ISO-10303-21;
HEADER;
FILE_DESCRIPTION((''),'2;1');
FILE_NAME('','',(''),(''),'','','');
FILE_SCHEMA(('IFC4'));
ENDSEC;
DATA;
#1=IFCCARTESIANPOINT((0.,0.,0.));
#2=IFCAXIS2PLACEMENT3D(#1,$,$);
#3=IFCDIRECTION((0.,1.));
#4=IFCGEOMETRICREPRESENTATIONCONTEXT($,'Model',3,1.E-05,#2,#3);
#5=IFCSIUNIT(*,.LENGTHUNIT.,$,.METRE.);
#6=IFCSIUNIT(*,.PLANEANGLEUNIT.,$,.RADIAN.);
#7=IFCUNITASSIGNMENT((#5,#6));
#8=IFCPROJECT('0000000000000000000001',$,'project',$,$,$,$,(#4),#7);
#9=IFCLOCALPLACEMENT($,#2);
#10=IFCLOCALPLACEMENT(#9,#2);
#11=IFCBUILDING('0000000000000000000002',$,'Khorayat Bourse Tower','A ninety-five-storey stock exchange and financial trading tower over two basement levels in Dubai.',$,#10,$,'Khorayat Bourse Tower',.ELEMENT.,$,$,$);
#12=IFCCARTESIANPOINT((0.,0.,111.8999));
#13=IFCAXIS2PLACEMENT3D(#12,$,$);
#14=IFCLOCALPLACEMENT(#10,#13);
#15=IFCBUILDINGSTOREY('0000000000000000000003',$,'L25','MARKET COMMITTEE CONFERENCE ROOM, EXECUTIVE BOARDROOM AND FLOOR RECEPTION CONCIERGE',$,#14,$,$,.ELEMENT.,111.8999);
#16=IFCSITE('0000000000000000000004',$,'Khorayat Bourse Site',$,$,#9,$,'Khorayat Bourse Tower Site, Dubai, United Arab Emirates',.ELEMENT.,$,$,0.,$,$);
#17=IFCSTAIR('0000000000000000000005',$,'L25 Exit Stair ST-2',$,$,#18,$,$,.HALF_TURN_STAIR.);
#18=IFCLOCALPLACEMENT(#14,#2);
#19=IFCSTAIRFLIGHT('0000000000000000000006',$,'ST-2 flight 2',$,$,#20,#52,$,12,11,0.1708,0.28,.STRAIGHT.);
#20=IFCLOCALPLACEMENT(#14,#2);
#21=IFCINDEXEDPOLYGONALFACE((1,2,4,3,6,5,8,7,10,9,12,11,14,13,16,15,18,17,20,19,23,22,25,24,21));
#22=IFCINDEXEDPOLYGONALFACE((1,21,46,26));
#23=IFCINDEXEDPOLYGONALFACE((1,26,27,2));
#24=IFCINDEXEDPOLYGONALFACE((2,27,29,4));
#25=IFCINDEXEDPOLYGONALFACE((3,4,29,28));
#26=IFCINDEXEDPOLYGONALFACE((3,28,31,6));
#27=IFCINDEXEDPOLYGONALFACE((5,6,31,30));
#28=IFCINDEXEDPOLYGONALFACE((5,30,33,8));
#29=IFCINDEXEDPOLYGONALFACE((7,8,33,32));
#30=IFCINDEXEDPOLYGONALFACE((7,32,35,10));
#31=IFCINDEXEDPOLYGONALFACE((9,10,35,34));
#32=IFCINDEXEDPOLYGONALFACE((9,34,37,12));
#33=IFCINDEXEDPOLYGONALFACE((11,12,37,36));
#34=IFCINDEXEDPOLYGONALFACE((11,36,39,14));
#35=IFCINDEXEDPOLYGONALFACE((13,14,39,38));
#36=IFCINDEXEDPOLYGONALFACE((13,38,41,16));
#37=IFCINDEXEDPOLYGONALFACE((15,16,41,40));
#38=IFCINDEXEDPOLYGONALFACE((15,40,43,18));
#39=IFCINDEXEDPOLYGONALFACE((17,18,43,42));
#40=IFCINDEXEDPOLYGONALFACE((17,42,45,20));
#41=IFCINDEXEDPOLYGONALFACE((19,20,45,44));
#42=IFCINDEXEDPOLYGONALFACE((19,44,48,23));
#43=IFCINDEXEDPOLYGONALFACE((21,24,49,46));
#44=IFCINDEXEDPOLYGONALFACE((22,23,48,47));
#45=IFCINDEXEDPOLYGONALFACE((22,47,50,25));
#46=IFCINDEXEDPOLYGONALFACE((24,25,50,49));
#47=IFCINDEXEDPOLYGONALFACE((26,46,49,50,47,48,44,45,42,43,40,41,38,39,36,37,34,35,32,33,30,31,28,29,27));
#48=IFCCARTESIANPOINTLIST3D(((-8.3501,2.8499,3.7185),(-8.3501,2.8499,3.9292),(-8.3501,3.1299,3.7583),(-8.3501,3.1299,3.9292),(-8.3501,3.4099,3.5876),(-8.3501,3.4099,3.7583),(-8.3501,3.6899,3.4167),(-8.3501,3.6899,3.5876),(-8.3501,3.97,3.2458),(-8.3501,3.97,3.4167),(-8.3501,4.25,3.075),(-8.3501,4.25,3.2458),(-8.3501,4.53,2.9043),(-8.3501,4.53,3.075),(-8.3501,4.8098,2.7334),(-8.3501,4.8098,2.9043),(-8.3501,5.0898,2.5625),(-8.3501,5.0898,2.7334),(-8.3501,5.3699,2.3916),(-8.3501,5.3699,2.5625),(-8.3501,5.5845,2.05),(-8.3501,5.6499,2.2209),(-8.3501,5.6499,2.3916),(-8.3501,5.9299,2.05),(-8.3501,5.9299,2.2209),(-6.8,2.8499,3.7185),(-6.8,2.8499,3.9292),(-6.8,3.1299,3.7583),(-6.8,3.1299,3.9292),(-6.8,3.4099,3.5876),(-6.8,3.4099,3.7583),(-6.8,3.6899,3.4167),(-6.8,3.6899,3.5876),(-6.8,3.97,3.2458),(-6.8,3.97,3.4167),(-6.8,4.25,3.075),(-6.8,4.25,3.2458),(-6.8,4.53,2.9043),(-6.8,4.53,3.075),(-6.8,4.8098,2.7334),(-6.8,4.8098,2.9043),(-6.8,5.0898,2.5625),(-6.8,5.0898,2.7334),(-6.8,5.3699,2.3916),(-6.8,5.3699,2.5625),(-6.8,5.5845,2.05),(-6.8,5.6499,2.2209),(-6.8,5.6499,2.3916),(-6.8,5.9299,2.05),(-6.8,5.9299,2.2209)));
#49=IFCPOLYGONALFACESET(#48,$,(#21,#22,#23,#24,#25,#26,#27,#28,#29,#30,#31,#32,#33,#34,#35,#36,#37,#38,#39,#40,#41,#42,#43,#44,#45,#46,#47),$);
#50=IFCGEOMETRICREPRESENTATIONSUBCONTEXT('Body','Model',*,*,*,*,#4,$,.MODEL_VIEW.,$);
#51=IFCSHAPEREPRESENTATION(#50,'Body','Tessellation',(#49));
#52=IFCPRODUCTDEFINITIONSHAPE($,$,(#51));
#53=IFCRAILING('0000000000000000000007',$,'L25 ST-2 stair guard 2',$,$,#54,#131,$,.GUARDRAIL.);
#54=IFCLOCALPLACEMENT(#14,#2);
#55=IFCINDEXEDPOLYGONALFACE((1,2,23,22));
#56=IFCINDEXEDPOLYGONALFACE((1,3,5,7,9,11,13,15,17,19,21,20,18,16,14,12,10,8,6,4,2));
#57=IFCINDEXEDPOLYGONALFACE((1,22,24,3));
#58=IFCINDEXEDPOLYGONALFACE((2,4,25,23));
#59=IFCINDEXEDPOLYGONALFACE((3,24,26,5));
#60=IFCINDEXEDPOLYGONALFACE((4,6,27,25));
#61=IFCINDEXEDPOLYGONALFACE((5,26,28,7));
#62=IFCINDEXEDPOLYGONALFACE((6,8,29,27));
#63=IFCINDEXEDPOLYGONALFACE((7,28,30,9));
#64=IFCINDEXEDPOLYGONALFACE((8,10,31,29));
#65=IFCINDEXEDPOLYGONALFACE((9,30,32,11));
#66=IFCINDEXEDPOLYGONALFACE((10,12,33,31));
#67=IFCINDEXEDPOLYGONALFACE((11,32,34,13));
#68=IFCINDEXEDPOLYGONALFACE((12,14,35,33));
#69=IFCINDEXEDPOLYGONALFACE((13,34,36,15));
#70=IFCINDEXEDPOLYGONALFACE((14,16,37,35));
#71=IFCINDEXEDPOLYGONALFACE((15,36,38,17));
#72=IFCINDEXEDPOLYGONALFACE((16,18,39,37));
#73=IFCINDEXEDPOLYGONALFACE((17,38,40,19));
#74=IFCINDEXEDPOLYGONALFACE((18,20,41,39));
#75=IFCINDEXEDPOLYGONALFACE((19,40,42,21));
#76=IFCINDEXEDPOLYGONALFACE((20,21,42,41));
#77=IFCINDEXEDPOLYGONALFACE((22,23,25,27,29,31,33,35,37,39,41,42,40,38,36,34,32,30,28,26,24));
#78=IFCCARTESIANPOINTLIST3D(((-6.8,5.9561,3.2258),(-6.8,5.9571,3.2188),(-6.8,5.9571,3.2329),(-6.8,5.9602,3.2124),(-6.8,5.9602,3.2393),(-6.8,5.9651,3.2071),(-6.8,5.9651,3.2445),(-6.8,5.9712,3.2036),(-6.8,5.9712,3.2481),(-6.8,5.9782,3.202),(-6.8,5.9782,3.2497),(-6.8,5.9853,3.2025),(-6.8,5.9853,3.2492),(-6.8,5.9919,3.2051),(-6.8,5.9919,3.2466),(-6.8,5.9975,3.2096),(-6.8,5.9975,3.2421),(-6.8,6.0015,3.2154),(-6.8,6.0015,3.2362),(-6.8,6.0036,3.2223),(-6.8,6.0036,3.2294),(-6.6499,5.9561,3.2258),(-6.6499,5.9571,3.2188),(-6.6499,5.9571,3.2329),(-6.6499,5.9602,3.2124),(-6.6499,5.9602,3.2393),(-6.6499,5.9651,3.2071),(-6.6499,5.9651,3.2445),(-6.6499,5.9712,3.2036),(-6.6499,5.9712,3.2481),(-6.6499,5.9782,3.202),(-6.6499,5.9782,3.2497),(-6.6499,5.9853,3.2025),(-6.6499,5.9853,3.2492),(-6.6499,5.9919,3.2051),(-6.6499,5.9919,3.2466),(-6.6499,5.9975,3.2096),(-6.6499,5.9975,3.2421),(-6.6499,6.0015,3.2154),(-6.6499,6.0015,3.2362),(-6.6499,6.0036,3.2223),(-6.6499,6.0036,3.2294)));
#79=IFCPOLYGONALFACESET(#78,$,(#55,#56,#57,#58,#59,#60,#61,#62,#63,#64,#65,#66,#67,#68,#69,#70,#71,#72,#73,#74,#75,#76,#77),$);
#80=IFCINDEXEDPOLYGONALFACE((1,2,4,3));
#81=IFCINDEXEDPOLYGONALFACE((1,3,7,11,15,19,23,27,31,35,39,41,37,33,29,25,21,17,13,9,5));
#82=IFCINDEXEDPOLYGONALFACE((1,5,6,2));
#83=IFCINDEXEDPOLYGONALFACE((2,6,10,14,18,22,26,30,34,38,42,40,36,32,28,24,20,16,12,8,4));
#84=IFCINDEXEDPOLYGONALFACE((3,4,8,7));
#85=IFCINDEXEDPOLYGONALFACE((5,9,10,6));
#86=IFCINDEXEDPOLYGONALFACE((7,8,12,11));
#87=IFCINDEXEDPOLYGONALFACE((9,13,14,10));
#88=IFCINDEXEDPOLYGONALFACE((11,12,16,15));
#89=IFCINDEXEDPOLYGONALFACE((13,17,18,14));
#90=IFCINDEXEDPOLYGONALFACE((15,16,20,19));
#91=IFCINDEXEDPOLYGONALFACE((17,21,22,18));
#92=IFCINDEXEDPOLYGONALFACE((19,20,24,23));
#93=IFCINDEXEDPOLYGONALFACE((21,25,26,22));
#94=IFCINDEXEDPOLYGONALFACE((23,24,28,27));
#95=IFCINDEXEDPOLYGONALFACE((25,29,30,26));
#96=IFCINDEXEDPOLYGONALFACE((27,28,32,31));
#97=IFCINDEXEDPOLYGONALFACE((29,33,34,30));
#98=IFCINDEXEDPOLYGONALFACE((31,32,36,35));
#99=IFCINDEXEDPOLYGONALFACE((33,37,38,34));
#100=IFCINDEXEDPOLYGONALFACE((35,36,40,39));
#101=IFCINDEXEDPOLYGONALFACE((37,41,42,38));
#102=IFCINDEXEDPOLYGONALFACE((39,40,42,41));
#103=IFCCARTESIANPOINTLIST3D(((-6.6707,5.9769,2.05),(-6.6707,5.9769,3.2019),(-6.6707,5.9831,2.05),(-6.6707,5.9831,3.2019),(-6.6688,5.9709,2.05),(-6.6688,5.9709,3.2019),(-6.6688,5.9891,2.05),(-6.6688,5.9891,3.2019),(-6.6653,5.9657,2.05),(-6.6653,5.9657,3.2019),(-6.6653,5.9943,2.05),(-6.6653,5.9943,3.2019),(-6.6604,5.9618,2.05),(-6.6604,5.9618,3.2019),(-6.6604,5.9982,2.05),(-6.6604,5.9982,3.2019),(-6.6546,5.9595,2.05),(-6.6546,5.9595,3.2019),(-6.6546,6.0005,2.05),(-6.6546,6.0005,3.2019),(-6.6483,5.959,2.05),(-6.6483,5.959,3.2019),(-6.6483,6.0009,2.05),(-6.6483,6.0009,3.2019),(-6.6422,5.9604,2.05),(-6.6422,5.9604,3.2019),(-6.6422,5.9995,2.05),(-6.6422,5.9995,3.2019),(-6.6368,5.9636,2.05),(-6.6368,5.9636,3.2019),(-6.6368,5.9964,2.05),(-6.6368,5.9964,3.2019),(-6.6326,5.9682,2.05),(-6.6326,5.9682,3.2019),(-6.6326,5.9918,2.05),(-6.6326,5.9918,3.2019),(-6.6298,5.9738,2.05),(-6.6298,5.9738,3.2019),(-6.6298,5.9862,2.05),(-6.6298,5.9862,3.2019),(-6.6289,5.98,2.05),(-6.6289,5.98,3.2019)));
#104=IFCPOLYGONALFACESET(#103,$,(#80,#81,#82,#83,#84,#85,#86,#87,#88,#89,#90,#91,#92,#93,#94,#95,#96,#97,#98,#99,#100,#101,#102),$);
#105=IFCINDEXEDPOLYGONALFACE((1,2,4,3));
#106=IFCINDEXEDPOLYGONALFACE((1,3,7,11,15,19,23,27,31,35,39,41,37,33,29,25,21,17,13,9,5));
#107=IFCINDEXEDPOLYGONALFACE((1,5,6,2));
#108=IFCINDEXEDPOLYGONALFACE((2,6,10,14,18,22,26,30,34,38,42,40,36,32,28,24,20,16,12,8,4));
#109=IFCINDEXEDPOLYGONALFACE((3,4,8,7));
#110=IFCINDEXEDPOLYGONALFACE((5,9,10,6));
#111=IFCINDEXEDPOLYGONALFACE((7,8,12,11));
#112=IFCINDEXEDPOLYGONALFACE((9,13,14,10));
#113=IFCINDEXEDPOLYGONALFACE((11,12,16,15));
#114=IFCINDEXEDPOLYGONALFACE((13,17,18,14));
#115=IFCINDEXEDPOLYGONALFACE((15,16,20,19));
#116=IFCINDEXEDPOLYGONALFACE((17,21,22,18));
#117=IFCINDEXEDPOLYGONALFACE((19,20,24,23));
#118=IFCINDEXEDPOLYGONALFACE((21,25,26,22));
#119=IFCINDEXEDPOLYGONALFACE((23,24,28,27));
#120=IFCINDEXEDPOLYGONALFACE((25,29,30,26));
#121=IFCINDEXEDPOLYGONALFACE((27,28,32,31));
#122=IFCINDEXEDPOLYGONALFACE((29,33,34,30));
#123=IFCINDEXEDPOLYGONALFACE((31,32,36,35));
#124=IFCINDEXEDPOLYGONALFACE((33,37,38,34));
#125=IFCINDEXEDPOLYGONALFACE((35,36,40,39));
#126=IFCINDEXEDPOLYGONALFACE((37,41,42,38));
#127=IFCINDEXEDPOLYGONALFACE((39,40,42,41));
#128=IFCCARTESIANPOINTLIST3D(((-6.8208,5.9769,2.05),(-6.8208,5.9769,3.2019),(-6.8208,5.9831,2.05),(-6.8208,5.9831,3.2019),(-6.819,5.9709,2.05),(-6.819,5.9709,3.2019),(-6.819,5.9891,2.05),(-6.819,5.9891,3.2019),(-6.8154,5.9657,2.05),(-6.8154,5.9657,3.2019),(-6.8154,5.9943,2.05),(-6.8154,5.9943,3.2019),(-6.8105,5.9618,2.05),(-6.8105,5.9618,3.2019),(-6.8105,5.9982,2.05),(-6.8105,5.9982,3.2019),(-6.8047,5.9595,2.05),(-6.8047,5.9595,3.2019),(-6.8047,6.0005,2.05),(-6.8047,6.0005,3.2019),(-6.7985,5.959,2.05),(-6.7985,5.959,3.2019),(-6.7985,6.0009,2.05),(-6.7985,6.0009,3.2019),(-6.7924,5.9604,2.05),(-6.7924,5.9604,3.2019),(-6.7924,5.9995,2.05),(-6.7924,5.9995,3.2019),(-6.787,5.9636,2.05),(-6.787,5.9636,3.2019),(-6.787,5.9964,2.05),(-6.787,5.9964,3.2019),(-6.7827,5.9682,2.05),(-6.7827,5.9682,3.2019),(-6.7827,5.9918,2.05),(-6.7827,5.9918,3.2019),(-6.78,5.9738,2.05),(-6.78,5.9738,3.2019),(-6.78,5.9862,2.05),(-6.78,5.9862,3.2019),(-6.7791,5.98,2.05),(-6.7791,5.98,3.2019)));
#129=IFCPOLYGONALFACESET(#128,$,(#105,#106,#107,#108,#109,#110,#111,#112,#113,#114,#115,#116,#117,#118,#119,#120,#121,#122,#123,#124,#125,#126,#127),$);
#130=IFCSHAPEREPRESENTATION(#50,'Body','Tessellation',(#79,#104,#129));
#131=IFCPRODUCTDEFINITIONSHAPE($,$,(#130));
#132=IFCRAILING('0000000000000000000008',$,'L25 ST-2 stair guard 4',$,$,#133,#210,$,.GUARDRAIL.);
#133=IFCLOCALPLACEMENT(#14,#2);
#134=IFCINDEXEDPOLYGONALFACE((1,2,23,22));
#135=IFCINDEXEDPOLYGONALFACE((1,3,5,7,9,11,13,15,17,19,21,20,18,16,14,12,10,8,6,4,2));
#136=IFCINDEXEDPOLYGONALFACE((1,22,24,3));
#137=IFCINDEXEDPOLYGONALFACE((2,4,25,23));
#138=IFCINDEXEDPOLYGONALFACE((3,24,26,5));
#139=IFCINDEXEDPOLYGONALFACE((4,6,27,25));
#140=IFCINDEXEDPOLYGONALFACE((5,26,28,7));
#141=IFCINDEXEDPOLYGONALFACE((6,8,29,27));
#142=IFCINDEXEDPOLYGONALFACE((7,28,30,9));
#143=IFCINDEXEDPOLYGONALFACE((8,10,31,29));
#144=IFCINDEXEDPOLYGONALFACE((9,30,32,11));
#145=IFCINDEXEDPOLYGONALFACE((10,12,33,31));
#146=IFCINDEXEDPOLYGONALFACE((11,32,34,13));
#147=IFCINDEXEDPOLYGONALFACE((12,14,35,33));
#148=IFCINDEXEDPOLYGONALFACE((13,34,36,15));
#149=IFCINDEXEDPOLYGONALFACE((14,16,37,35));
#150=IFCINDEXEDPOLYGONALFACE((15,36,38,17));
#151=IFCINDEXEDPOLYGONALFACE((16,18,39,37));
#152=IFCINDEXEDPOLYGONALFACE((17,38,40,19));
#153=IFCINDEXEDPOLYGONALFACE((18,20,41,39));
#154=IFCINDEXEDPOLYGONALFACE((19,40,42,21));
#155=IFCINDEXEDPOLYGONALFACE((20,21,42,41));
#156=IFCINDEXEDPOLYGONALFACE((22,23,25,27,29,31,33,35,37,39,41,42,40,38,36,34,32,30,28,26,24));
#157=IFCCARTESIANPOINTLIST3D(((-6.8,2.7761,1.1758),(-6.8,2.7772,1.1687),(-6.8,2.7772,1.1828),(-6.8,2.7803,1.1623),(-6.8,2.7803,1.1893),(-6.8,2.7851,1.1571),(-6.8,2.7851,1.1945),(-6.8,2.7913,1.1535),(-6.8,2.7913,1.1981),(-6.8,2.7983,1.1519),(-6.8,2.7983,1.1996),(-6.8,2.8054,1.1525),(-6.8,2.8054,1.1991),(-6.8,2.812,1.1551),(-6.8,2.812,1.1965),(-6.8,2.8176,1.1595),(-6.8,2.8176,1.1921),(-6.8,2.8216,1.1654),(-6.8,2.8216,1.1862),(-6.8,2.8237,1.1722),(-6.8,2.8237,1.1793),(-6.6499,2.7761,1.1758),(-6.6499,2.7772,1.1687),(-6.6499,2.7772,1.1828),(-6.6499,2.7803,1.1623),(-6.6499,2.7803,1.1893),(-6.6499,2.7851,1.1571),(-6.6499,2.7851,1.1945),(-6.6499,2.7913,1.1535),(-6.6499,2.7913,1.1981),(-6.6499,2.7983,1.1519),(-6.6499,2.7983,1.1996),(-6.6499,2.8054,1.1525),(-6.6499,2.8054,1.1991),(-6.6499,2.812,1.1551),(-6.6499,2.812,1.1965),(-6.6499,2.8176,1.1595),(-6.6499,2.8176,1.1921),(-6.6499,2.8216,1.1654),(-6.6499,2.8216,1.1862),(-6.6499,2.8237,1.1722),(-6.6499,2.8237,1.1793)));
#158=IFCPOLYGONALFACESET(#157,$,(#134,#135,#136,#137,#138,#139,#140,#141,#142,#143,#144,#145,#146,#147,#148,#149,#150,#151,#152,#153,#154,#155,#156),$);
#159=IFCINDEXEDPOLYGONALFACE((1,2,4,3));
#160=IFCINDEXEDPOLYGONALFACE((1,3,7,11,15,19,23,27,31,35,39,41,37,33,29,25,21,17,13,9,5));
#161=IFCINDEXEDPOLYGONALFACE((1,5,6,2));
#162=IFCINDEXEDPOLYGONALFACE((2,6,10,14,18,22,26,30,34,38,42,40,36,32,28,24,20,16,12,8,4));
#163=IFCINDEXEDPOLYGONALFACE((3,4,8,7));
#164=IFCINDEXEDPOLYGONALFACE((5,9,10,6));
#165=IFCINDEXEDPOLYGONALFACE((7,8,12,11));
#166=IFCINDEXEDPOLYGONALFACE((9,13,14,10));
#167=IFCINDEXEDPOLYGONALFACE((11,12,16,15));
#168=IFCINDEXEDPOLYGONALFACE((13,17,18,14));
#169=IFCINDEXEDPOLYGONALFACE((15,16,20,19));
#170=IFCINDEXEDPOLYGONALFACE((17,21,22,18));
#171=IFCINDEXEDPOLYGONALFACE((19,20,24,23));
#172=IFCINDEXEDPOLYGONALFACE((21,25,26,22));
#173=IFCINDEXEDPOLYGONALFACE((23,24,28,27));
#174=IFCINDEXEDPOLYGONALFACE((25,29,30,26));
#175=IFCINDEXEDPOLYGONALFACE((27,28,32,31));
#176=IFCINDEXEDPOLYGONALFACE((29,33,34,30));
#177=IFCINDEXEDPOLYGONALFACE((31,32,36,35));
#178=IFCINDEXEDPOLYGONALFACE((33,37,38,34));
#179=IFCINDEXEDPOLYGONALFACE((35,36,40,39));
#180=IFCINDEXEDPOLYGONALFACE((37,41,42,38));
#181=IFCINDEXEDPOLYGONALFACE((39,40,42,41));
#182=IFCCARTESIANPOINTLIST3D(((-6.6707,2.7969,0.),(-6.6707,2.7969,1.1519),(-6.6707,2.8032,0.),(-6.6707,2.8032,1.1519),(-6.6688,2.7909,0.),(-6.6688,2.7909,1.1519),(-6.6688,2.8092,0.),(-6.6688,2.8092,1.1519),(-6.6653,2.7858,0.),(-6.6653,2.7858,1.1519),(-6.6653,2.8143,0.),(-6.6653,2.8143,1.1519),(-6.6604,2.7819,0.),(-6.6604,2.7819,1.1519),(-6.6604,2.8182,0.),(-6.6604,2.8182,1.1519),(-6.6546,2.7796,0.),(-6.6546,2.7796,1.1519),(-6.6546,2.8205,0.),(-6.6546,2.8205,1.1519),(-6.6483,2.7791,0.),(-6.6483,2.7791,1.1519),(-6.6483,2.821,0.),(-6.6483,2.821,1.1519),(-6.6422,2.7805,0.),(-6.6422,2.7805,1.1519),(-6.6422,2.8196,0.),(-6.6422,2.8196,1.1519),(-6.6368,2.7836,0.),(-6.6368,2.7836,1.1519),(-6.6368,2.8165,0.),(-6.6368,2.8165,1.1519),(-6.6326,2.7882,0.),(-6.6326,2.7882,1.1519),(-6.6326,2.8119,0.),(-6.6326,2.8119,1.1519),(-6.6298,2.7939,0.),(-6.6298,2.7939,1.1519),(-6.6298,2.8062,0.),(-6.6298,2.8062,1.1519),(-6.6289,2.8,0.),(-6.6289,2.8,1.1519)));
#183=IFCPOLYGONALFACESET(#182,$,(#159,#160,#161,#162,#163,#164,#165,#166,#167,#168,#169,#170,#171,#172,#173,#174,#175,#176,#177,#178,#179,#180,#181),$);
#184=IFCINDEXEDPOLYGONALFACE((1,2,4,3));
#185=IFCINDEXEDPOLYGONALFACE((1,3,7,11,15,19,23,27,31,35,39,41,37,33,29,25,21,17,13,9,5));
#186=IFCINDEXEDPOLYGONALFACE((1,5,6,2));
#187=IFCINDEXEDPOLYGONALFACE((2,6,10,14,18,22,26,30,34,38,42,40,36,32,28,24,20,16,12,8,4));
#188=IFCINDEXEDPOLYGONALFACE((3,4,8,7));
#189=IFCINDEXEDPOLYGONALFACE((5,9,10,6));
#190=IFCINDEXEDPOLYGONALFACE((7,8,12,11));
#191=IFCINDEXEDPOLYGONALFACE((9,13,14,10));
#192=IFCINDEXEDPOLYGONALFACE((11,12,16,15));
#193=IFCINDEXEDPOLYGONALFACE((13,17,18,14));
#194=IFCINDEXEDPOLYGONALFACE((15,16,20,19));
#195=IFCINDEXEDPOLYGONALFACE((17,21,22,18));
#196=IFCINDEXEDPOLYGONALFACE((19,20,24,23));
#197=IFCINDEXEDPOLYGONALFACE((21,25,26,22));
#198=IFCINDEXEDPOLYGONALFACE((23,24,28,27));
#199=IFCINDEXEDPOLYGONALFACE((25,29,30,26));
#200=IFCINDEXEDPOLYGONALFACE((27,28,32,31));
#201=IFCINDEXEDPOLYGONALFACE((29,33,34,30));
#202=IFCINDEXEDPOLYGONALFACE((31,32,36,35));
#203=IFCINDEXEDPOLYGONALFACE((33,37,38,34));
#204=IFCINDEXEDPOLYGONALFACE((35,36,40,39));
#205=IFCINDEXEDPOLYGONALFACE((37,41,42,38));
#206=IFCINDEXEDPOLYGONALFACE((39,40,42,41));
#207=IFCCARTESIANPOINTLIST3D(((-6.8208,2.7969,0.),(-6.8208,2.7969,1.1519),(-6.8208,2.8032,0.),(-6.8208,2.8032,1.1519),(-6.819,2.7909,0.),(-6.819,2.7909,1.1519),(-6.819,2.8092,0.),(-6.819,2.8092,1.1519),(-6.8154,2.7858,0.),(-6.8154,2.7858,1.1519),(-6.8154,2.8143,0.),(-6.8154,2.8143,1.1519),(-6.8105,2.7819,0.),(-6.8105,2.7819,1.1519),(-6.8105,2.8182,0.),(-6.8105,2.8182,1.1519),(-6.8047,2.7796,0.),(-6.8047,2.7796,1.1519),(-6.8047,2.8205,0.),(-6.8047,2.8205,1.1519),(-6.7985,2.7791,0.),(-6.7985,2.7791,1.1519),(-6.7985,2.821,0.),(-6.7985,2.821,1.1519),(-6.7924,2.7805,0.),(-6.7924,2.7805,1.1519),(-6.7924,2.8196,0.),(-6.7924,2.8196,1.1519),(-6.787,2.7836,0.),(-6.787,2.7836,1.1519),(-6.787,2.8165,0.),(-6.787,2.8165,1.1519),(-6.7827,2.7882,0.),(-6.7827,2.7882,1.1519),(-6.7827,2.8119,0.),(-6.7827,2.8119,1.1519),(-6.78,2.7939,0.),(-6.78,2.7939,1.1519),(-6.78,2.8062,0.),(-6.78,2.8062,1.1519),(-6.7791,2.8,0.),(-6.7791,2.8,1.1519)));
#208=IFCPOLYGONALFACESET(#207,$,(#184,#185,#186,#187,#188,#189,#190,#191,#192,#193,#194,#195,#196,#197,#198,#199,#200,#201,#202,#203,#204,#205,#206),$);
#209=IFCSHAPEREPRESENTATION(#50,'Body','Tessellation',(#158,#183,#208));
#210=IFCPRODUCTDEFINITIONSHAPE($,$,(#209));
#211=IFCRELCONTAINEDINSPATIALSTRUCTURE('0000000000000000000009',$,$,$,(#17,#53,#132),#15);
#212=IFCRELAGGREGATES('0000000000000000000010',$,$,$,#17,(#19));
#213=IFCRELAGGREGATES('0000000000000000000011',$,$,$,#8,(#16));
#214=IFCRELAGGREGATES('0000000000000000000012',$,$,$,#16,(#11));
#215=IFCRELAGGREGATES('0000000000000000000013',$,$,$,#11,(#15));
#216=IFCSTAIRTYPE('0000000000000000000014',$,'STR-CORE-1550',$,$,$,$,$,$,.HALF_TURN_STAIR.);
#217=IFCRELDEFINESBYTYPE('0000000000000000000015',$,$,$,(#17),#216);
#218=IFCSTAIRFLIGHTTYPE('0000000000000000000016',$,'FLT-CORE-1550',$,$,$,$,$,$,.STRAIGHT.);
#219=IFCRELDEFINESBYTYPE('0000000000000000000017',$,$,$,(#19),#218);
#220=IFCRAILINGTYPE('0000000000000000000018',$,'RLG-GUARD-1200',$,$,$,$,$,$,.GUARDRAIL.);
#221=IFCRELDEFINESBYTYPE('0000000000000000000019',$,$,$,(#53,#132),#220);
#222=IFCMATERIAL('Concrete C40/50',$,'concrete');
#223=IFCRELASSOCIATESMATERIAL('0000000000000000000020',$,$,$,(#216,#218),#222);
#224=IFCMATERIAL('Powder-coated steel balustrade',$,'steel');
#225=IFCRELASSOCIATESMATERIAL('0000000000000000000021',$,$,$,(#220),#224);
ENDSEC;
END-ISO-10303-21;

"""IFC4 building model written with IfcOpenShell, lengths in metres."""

from ifc_helpers import new_model, si_unit, direction, frame, origin, origin_2d, place, context, subcontext, project, spatial, polyline, circle, outline, extrude, source, transform, mapped, material, type_object, element, aggregate, save


model = new_model("IFC4")

# Units and contexts
model_context = context("Model", 3, precision=1e-05, world=origin(), true_north=direction((0.0, 1.0)))
body_context = subcontext(model_context, "Body", "Model", "MODEL_VIEW")
ifc_project = project(units=[si_unit("LENGTHUNIT", "METRE"), si_unit("PLANEANGLEUNIT", "RADIAN")], contexts=[model_context])

# Site, building, storey
site_placement = place(None, origin())
site = spatial("IfcSite", under=ifc_project, at=site_placement, Name="Khorayat Bourse Site", LongName="Khorayat Bourse Tower Site, Dubai, United Arab Emirates", CompositionType="ELEMENT", RefElevation=0.0)
building_placement = place(site_placement, origin())
building = spatial("IfcBuilding", under=site, at=building_placement, Name="Khorayat Bourse Tower", Description="A ninety-five-storey stock exchange and financial trading tower over two basement levels in Dubai.", LongName="Khorayat Bourse Tower", CompositionType="ELEMENT")
storey_placement = place(building_placement, frame((0.0, 0.0, 111.8999)))
storey = spatial("IfcBuildingStorey", under=building, at=storey_placement, Name="L25", Description="MARKET COMMITTEE CONFERENCE ROOM, EXECUTIVE BOARDROOM AND FLOOR RECEPTION CONCIERGE", CompositionType="ELEMENT", Elevation=111.8999)

# Stair, stair flight
ifc_material_1 = material(Name="Concrete C40/50", Category="concrete")
stair_type = type_object("IfcStairType", Name="STR-CORE-1550", PredefinedType="HALF_TURN_STAIR", material=ifc_material_1)
stair_placement = place(storey_placement, origin())
stair = element("IfcStair", 1, at=stair_placement, inside=storey, type_object=stair_type, Name="L25 Exit Stair ST-2", PredefinedType="HALF_TURN_STAIR")
stair_flight_type = type_object("IfcStairFlightType", Name="FLT-CORE-1550", PredefinedType="STRAIGHT", material=ifc_material_1)
shared_shape_1 = source(origin(), body_context, "Body", "SweptSolid", [
    extrude(outline(polyline([(0.0, 0.0), (0.0, 0.1709), (0.28, 0.1709), (0.28, 0.3416), (0.5601, 0.3416), (0.5601, 0.5125), (0.8401, 0.5125), (0.8401, 0.6833), (1.1201, 0.6833), (1.1201, 0.8542), (1.3999, 0.8542), (1.3999, 1.0249), (1.6799, 1.0249), (1.6799, 1.1958), (1.96, 1.1958), (1.96, 1.3667), (2.24, 1.3667), (2.24, 1.5376), (2.52, 1.5376), (2.52, 1.7083), (2.8, 1.7083), (2.8, 1.8792), (3.0801, 1.8792), (3.0801, 2.05), (3.0801, 1.6685), (0.3455, 0.0), (0.0, 0.0)])), frame((0.0, 0.7749, 0.0), z_axis=(0.0, -1.0, 0.0), x_axis=(1.0, 0.0, 0.0)), (0.0, 0.0, 1.0), 1.55),
])
stair_flight_1_placement = place(storey_placement, frame((-7.575, 5.9299, 2.05), z_axis=(0.0, 0.0, 1.0), x_axis=(0.0, -1.0, 0.0)))
stair_flight_1 = element("IfcStairFlight", 2, at=stair_flight_1_placement, type_object=stair_flight_type, Name="ST-2 flight 2", NumberOfRisers=12, NumberOfTreads=11, PredefinedType="STRAIGHT", RiserHeight=0.1708, TreadLength=0.28, context=body_context, shape_type="MappedRepresentation", body=[
    mapped(shared_shape_1, transform((0.0, 0.0, 0.0), scale=1.0)),
])
aggregate(stair, [stair_flight_1])

# Railings
ifc_material_2 = material(Name="Powder-coated steel balustrade", Category="steel")
railing_type_1 = type_object("IfcRailingType", Name="RLG-GUARD-1200", PredefinedType="GUARDRAIL", material=ifc_material_2)
shared_shape_2 = source(origin(), body_context, "Body", "SweptSolid", [
    extrude(circle(Radius=0.0239, at=origin_2d()), frame((0.0, 0.0, 1.1758), z_axis=(-1.0, 0.0, 0.0), x_axis=(0.0, -1.0, 0.0)), (0.0, 0.0, 1.0), 0.1501),
    extrude(circle(Radius=0.021, at=origin_2d()), origin(), (0.0, 0.0, 1.0), 1.1519),
    extrude(circle(Radius=0.021, at=origin_2d()), frame((-0.1501, 0.0, 0.0)), (0.0, 0.0, 1.0), 1.1519),
])
for number, where, name in (
    (3, (-6.6499, 5.98, 2.05), "L25 ST-2 stair guard 2"),
    (4, (-6.6499, 2.8, 0.0), "L25 ST-2 stair guard 4"),
):
    element("IfcRailing", number, at=place(storey_placement, frame(where)), inside=storey, type_object=railing_type_1, Name=name, PredefinedType="GUARDRAIL", context=body_context, shape_type="MappedRepresentation", body=[
        mapped(shared_shape_2, transform((0.0, 0.0, 0.0), scale=1.0)),
    ])

save(model, "model.ifc")
